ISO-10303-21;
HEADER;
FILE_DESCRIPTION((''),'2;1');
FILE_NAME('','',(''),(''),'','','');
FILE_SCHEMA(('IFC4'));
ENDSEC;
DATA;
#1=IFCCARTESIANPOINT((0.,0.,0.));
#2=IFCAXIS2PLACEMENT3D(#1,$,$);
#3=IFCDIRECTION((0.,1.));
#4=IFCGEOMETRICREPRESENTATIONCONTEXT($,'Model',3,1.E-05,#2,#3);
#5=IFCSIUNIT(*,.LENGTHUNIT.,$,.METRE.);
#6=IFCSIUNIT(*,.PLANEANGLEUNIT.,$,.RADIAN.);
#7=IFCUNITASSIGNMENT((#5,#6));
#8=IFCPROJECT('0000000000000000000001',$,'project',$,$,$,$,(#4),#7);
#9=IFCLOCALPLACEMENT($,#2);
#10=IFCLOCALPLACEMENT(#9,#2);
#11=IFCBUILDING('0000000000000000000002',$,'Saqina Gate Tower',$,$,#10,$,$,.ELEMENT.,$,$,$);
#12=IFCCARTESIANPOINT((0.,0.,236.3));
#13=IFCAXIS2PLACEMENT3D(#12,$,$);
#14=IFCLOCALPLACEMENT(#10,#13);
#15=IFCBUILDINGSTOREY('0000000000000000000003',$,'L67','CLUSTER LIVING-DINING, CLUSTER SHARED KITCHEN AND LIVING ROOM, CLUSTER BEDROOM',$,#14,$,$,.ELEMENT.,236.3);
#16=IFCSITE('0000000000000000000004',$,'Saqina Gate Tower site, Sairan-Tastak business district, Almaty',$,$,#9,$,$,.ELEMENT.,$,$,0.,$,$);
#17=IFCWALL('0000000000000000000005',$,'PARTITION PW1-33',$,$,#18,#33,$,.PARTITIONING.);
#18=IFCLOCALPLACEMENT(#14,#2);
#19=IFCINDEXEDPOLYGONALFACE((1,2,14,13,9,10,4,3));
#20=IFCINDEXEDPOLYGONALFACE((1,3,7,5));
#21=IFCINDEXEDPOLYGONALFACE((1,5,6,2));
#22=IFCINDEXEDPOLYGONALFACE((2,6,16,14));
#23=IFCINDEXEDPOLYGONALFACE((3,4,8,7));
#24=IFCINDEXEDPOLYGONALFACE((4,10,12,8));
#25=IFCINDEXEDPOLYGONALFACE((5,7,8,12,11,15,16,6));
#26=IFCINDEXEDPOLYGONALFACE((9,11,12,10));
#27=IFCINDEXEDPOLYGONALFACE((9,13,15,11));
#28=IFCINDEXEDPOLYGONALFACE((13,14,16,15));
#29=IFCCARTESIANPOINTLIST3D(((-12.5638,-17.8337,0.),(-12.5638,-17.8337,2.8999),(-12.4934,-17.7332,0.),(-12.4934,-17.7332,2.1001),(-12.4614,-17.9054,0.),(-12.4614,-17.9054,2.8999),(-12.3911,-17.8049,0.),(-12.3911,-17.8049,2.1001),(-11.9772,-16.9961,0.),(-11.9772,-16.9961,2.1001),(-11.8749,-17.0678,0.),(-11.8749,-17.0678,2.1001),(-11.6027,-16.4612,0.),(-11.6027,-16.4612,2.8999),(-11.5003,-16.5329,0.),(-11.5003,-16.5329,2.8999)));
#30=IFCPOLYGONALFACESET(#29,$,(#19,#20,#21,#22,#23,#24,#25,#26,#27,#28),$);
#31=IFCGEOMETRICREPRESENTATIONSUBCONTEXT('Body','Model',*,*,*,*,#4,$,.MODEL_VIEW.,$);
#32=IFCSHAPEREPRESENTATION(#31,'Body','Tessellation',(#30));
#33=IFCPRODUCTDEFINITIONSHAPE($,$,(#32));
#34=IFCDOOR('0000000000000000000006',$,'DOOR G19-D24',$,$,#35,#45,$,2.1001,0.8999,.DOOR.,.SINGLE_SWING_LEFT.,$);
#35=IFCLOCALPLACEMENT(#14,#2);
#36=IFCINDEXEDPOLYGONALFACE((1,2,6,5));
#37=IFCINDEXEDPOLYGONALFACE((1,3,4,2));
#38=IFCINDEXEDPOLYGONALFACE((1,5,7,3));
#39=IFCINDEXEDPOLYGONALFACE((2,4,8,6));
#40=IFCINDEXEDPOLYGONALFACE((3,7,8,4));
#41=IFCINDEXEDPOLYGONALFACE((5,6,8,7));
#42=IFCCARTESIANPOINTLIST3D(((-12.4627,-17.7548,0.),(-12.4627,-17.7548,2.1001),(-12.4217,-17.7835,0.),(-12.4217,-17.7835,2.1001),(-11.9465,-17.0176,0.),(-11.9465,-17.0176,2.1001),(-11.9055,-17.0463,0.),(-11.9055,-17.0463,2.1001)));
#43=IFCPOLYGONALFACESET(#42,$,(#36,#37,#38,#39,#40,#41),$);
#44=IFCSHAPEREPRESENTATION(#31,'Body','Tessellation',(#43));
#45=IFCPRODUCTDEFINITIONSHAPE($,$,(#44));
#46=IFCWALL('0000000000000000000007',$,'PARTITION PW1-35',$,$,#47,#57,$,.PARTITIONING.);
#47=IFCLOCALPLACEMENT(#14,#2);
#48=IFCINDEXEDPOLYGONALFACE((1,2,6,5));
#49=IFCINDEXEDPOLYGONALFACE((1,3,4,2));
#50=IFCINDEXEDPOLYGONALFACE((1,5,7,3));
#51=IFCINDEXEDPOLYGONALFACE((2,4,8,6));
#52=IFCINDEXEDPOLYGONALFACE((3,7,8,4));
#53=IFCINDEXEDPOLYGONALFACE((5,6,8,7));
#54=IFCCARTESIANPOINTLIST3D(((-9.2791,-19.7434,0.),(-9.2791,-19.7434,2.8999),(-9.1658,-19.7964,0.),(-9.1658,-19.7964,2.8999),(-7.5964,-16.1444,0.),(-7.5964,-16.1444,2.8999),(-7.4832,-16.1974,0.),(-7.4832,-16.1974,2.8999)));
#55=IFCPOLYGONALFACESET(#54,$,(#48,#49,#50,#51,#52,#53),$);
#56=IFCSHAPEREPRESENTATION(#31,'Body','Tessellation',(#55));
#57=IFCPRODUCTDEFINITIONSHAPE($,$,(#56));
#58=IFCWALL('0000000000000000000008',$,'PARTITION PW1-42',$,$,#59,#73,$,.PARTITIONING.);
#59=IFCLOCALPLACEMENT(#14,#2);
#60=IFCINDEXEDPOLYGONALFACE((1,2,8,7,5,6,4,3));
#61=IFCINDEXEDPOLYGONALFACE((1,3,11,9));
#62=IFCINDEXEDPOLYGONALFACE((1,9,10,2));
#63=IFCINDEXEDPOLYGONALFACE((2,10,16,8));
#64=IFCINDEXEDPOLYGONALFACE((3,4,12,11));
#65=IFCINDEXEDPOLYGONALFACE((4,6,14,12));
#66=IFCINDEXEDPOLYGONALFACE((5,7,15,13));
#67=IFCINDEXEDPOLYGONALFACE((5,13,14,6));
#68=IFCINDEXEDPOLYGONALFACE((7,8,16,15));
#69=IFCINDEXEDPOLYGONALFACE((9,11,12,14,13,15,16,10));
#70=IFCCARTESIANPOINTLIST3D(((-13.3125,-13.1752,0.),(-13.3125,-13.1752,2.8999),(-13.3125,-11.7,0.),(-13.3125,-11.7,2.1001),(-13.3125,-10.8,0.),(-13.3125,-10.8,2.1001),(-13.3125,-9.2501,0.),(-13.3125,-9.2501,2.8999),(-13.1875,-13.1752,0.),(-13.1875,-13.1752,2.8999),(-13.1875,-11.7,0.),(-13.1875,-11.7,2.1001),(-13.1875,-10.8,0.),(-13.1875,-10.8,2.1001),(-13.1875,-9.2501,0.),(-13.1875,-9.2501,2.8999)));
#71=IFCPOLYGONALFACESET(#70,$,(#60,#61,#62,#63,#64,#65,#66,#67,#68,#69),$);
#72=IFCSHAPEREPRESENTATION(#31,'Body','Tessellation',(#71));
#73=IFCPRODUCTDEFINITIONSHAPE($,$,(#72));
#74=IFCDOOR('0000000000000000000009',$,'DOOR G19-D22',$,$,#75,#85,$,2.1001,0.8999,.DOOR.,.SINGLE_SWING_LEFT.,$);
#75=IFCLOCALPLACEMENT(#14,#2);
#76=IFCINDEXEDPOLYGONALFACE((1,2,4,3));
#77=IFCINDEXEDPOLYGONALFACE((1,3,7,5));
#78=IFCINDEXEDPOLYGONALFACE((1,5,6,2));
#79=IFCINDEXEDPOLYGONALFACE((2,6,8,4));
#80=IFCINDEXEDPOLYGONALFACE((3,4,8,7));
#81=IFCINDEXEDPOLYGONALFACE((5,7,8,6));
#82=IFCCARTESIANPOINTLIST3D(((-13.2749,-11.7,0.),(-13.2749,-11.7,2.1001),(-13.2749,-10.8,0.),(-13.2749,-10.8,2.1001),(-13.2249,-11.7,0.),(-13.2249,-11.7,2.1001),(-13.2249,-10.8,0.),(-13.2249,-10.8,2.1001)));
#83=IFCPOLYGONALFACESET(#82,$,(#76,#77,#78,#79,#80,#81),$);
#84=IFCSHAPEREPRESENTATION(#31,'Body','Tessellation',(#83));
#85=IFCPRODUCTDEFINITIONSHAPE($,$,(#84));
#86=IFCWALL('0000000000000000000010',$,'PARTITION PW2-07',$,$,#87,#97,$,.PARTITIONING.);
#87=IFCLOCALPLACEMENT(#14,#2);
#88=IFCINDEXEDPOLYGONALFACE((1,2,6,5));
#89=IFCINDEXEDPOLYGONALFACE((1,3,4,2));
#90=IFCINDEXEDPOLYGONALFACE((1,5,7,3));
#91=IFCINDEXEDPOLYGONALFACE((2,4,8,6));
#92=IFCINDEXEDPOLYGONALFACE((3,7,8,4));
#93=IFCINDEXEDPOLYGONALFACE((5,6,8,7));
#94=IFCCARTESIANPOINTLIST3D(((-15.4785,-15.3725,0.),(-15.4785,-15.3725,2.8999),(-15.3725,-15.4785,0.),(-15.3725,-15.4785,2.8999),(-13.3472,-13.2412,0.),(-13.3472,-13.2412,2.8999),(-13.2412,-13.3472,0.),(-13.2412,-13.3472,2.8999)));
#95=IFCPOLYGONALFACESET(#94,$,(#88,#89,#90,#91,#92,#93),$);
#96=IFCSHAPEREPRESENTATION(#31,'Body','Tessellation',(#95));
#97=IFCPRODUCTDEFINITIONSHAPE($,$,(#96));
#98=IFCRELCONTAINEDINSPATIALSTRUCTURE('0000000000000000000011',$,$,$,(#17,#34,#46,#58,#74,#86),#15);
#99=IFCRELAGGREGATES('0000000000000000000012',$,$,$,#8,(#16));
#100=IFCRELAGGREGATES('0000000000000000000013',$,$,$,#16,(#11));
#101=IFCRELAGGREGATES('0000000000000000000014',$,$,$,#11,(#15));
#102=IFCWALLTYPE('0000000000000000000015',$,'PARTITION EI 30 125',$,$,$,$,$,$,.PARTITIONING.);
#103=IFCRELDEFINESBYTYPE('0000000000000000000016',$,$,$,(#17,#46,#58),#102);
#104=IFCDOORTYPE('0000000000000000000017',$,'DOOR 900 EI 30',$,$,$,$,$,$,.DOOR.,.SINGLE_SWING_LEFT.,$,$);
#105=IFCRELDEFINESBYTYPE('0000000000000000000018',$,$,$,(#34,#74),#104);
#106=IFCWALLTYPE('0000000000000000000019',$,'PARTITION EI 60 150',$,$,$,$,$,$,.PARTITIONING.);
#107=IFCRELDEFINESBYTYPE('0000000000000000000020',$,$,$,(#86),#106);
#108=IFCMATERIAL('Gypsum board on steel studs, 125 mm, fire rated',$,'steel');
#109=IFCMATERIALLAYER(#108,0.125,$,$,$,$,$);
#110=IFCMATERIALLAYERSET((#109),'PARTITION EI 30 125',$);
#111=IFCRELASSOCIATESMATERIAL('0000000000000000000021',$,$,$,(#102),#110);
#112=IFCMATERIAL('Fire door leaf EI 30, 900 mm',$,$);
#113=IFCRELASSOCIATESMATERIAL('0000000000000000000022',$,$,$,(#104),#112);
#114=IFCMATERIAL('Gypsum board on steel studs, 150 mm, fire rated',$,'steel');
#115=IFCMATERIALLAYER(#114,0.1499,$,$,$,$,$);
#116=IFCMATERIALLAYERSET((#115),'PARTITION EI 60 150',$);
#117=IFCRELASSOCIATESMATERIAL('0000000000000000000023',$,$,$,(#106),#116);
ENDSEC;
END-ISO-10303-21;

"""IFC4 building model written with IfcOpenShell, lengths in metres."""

from ifc_helpers import new_model, si_unit, direction, frame, frame_2d, origin, place, context, subcontext, project, spatial, rectangle, extrude, material, layer, layer_set, type_object, element, fill, save


model = new_model("IFC4")

# Units and contexts
model_context = context("Model", 3, precision=1e-05, world=origin(), true_north=direction((0.0, 1.0)))
body_context = subcontext(model_context, "Body", "Model", "MODEL_VIEW")
ifc_project = project(units=[si_unit("LENGTHUNIT", "METRE"), si_unit("PLANEANGLEUNIT", "RADIAN")], contexts=[model_context])

# Site, building, storey
site_placement = place(None, origin())
site = spatial("IfcSite", under=ifc_project, at=site_placement, Name="Saqina Gate Tower site, Sairan-Tastak business district, Almaty", CompositionType="ELEMENT", RefElevation=0.0)
building_placement = place(site_placement, origin())
building = spatial("IfcBuilding", under=site, at=building_placement, Name="Saqina Gate Tower", CompositionType="ELEMENT")
storey_placement = place(building_placement, frame((0.0, 0.0, 236.3)))
storey = spatial("IfcBuildingStorey", under=building, at=storey_placement, Name="L67", Description="CLUSTER LIVING-DINING, CLUSTER SHARED KITCHEN AND LIVING ROOM, CLUSTER BEDROOM", CompositionType="ELEMENT", Elevation=236.3)

# Shared definitions
ifc_material_1 = material(Name="Gypsum board on steel studs, 125 mm, fire rated", Category="steel")
ifc_layer_1 = layer(ifc_material_1, 0.125)
ifc_layer_set_1 = layer_set([ifc_layer_1], Name="PARTITION EI 30 125")
wall_type_1 = type_object("IfcWallType", Name="PARTITION EI 30 125", PredefinedType="PARTITIONING", material=ifc_layer_set_1)

# Wall, opening, door
ifc_material_2 = material(Name="Fire door leaf EI 30, 900 mm")
door_type_1 = type_object("IfcDoorType", Name="DOOR 900 EI 30", OperationType="SINGLE_SWING_LEFT", PredefinedType="DOOR", material=ifc_material_2)
wall_1_placement = place(storey_placement, frame((-12.5127, -17.8696, 0.0), z_axis=(0.0, 0.0, 1.0), x_axis=(0.573619, 0.819122, 0.0)))
wall_1 = element("IfcWall", 1, at=wall_1_placement, inside=storey, type_object=wall_type_1, Name="PARTITION PW1-33", PredefinedType="PARTITIONING", context=body_context, shape_type="SweptSolid", body=[
    extrude(rectangle(XDim=1.6755, YDim=0.125, at=frame_2d((0.8379, 0.0))), origin(), (0.0, 0.0, 1.0), 2.8999),
])
opening_1_placement = place(wall_1_placement, frame((0.1228, 0.0, 0.0)))
opening_1 = element("IfcOpeningElement", 2, at=opening_1_placement, cuts=wall_1, PredefinedType="OPENING", context=body_context, shape_type="SweptSolid", body=[
    extrude(rectangle(XDim=0.8999, YDim=2.1001, at=frame_2d((0.45, 1.05))), frame((0.0, 0.0745, 0.0), z_axis=(0.0, -1.0, 0.0), x_axis=(1.0, 0.0, 0.0)), (0.0, 0.0, 1.0), 0.1489),
])
door_1_placement = place(opening_1_placement, origin())
door_1 = element("IfcDoor", 3, at=door_1_placement, inside=storey, type_object=door_type_1, Name="DOOR G19-D24", OperationType="SINGLE_SWING_LEFT", OverallHeight=2.1001, OverallWidth=0.8999, PredefinedType="DOOR", context=body_context, shape_type="SweptSolid", body=[
    extrude(rectangle(XDim=0.8999, YDim=2.1001, at=frame_2d((0.45, 1.05))), frame((0.0, 0.0249, 0.0), z_axis=(0.0, -1.0, 0.0), x_axis=(1.0, 0.0, 0.0)), (0.0, 0.0, 1.0), 0.05),
])
fill(opening_1, door_1)

# Wall
wall_2_placement = place(storey_placement, frame((-9.2224, -19.7698, 0.0), z_axis=(0.0, 0.0, 1.0), x_axis=(0.423535, 0.90588, 0.0)))
element("IfcWall", 4, at=wall_2_placement, inside=storey, type_object=wall_type_1, Name="PARTITION PW1-35", PredefinedType="PARTITIONING", context=body_context, shape_type="SweptSolid", body=[
    extrude(rectangle(XDim=3.9729, YDim=0.125, at=frame_2d((1.9863, 0.0))), origin(), (0.0, 0.0, 1.0), 2.8999),
])

# Wall, opening, door
wall_3_placement = place(storey_placement, frame((-13.25, -13.175, 0.0), z_axis=(0.0, 0.0, 1.0), x_axis=(0.0, 1.0, 0.0)))
wall_3 = element("IfcWall", 5, at=wall_3_placement, inside=storey, type_object=wall_type_1, Name="PARTITION PW1-42", PredefinedType="PARTITIONING", context=body_context, shape_type="SweptSolid", body=[
    extrude(rectangle(XDim=3.925, YDim=0.125, at=frame_2d((1.9624, 0.0))), origin(), (0.0, 0.0, 1.0), 2.8999),
])
opening_2_placement = place(wall_3_placement, frame((1.4751, 0.0, 0.0)))
opening_2 = element("IfcOpeningElement", 6, at=opening_2_placement, cuts=wall_3, PredefinedType="OPENING", context=body_context, shape_type="SweptSolid", body=[
    extrude(rectangle(XDim=0.8999, YDim=2.1001, at=frame_2d((0.45, 1.05))), frame((0.0, 0.0745, 0.0), z_axis=(0.0, -1.0, 0.0), x_axis=(1.0, 0.0, 0.0)), (0.0, 0.0, 1.0), 0.1489),
])
door_2_placement = place(opening_2_placement, origin())
door_2 = element("IfcDoor", 7, at=door_2_placement, inside=storey, type_object=door_type_1, Name="DOOR G19-D22", OperationType="SINGLE_SWING_LEFT", OverallHeight=2.1001, OverallWidth=0.8999, PredefinedType="DOOR", context=body_context, shape_type="SweptSolid", body=[
    extrude(rectangle(XDim=0.8999, YDim=2.1001, at=frame_2d((0.45, 1.05))), frame((0.0, 0.0249, 0.0), z_axis=(0.0, -1.0, 0.0), x_axis=(1.0, 0.0, 0.0)), (0.0, 0.0, 1.0), 0.05),
])
fill(opening_2, door_2)

# Wall
ifc_material_3 = material(Name="Gypsum board on steel studs, 150 mm, fire rated", Category="steel")
ifc_layer_2 = layer(ifc_material_3, 0.1499)
ifc_layer_set_2 = layer_set([ifc_layer_2], Name="PARTITION EI 60 150")
wall_type_2 = type_object("IfcWallType", Name="PARTITION EI 60 150", PredefinedType="PARTITIONING", material=ifc_layer_set_2)
wall_4_placement = place(storey_placement, frame((-15.4255, -15.4255, 0.0), z_axis=(0.0, 0.0, 1.0), x_axis=(0.707107, 0.707107, 0.0)))
element("IfcWall", 8, at=wall_4_placement, inside=storey, type_object=wall_type_2, Name="PARTITION PW2-07", PredefinedType="PARTITIONING", context=body_context, shape_type="SweptSolid", body=[
    extrude(rectangle(XDim=3.0142, YDim=0.1499, at=frame_2d((1.5071, 0.0))), origin(), (0.0, 0.0, 1.0), 2.8999),
])

save(model, "model.ifc")
